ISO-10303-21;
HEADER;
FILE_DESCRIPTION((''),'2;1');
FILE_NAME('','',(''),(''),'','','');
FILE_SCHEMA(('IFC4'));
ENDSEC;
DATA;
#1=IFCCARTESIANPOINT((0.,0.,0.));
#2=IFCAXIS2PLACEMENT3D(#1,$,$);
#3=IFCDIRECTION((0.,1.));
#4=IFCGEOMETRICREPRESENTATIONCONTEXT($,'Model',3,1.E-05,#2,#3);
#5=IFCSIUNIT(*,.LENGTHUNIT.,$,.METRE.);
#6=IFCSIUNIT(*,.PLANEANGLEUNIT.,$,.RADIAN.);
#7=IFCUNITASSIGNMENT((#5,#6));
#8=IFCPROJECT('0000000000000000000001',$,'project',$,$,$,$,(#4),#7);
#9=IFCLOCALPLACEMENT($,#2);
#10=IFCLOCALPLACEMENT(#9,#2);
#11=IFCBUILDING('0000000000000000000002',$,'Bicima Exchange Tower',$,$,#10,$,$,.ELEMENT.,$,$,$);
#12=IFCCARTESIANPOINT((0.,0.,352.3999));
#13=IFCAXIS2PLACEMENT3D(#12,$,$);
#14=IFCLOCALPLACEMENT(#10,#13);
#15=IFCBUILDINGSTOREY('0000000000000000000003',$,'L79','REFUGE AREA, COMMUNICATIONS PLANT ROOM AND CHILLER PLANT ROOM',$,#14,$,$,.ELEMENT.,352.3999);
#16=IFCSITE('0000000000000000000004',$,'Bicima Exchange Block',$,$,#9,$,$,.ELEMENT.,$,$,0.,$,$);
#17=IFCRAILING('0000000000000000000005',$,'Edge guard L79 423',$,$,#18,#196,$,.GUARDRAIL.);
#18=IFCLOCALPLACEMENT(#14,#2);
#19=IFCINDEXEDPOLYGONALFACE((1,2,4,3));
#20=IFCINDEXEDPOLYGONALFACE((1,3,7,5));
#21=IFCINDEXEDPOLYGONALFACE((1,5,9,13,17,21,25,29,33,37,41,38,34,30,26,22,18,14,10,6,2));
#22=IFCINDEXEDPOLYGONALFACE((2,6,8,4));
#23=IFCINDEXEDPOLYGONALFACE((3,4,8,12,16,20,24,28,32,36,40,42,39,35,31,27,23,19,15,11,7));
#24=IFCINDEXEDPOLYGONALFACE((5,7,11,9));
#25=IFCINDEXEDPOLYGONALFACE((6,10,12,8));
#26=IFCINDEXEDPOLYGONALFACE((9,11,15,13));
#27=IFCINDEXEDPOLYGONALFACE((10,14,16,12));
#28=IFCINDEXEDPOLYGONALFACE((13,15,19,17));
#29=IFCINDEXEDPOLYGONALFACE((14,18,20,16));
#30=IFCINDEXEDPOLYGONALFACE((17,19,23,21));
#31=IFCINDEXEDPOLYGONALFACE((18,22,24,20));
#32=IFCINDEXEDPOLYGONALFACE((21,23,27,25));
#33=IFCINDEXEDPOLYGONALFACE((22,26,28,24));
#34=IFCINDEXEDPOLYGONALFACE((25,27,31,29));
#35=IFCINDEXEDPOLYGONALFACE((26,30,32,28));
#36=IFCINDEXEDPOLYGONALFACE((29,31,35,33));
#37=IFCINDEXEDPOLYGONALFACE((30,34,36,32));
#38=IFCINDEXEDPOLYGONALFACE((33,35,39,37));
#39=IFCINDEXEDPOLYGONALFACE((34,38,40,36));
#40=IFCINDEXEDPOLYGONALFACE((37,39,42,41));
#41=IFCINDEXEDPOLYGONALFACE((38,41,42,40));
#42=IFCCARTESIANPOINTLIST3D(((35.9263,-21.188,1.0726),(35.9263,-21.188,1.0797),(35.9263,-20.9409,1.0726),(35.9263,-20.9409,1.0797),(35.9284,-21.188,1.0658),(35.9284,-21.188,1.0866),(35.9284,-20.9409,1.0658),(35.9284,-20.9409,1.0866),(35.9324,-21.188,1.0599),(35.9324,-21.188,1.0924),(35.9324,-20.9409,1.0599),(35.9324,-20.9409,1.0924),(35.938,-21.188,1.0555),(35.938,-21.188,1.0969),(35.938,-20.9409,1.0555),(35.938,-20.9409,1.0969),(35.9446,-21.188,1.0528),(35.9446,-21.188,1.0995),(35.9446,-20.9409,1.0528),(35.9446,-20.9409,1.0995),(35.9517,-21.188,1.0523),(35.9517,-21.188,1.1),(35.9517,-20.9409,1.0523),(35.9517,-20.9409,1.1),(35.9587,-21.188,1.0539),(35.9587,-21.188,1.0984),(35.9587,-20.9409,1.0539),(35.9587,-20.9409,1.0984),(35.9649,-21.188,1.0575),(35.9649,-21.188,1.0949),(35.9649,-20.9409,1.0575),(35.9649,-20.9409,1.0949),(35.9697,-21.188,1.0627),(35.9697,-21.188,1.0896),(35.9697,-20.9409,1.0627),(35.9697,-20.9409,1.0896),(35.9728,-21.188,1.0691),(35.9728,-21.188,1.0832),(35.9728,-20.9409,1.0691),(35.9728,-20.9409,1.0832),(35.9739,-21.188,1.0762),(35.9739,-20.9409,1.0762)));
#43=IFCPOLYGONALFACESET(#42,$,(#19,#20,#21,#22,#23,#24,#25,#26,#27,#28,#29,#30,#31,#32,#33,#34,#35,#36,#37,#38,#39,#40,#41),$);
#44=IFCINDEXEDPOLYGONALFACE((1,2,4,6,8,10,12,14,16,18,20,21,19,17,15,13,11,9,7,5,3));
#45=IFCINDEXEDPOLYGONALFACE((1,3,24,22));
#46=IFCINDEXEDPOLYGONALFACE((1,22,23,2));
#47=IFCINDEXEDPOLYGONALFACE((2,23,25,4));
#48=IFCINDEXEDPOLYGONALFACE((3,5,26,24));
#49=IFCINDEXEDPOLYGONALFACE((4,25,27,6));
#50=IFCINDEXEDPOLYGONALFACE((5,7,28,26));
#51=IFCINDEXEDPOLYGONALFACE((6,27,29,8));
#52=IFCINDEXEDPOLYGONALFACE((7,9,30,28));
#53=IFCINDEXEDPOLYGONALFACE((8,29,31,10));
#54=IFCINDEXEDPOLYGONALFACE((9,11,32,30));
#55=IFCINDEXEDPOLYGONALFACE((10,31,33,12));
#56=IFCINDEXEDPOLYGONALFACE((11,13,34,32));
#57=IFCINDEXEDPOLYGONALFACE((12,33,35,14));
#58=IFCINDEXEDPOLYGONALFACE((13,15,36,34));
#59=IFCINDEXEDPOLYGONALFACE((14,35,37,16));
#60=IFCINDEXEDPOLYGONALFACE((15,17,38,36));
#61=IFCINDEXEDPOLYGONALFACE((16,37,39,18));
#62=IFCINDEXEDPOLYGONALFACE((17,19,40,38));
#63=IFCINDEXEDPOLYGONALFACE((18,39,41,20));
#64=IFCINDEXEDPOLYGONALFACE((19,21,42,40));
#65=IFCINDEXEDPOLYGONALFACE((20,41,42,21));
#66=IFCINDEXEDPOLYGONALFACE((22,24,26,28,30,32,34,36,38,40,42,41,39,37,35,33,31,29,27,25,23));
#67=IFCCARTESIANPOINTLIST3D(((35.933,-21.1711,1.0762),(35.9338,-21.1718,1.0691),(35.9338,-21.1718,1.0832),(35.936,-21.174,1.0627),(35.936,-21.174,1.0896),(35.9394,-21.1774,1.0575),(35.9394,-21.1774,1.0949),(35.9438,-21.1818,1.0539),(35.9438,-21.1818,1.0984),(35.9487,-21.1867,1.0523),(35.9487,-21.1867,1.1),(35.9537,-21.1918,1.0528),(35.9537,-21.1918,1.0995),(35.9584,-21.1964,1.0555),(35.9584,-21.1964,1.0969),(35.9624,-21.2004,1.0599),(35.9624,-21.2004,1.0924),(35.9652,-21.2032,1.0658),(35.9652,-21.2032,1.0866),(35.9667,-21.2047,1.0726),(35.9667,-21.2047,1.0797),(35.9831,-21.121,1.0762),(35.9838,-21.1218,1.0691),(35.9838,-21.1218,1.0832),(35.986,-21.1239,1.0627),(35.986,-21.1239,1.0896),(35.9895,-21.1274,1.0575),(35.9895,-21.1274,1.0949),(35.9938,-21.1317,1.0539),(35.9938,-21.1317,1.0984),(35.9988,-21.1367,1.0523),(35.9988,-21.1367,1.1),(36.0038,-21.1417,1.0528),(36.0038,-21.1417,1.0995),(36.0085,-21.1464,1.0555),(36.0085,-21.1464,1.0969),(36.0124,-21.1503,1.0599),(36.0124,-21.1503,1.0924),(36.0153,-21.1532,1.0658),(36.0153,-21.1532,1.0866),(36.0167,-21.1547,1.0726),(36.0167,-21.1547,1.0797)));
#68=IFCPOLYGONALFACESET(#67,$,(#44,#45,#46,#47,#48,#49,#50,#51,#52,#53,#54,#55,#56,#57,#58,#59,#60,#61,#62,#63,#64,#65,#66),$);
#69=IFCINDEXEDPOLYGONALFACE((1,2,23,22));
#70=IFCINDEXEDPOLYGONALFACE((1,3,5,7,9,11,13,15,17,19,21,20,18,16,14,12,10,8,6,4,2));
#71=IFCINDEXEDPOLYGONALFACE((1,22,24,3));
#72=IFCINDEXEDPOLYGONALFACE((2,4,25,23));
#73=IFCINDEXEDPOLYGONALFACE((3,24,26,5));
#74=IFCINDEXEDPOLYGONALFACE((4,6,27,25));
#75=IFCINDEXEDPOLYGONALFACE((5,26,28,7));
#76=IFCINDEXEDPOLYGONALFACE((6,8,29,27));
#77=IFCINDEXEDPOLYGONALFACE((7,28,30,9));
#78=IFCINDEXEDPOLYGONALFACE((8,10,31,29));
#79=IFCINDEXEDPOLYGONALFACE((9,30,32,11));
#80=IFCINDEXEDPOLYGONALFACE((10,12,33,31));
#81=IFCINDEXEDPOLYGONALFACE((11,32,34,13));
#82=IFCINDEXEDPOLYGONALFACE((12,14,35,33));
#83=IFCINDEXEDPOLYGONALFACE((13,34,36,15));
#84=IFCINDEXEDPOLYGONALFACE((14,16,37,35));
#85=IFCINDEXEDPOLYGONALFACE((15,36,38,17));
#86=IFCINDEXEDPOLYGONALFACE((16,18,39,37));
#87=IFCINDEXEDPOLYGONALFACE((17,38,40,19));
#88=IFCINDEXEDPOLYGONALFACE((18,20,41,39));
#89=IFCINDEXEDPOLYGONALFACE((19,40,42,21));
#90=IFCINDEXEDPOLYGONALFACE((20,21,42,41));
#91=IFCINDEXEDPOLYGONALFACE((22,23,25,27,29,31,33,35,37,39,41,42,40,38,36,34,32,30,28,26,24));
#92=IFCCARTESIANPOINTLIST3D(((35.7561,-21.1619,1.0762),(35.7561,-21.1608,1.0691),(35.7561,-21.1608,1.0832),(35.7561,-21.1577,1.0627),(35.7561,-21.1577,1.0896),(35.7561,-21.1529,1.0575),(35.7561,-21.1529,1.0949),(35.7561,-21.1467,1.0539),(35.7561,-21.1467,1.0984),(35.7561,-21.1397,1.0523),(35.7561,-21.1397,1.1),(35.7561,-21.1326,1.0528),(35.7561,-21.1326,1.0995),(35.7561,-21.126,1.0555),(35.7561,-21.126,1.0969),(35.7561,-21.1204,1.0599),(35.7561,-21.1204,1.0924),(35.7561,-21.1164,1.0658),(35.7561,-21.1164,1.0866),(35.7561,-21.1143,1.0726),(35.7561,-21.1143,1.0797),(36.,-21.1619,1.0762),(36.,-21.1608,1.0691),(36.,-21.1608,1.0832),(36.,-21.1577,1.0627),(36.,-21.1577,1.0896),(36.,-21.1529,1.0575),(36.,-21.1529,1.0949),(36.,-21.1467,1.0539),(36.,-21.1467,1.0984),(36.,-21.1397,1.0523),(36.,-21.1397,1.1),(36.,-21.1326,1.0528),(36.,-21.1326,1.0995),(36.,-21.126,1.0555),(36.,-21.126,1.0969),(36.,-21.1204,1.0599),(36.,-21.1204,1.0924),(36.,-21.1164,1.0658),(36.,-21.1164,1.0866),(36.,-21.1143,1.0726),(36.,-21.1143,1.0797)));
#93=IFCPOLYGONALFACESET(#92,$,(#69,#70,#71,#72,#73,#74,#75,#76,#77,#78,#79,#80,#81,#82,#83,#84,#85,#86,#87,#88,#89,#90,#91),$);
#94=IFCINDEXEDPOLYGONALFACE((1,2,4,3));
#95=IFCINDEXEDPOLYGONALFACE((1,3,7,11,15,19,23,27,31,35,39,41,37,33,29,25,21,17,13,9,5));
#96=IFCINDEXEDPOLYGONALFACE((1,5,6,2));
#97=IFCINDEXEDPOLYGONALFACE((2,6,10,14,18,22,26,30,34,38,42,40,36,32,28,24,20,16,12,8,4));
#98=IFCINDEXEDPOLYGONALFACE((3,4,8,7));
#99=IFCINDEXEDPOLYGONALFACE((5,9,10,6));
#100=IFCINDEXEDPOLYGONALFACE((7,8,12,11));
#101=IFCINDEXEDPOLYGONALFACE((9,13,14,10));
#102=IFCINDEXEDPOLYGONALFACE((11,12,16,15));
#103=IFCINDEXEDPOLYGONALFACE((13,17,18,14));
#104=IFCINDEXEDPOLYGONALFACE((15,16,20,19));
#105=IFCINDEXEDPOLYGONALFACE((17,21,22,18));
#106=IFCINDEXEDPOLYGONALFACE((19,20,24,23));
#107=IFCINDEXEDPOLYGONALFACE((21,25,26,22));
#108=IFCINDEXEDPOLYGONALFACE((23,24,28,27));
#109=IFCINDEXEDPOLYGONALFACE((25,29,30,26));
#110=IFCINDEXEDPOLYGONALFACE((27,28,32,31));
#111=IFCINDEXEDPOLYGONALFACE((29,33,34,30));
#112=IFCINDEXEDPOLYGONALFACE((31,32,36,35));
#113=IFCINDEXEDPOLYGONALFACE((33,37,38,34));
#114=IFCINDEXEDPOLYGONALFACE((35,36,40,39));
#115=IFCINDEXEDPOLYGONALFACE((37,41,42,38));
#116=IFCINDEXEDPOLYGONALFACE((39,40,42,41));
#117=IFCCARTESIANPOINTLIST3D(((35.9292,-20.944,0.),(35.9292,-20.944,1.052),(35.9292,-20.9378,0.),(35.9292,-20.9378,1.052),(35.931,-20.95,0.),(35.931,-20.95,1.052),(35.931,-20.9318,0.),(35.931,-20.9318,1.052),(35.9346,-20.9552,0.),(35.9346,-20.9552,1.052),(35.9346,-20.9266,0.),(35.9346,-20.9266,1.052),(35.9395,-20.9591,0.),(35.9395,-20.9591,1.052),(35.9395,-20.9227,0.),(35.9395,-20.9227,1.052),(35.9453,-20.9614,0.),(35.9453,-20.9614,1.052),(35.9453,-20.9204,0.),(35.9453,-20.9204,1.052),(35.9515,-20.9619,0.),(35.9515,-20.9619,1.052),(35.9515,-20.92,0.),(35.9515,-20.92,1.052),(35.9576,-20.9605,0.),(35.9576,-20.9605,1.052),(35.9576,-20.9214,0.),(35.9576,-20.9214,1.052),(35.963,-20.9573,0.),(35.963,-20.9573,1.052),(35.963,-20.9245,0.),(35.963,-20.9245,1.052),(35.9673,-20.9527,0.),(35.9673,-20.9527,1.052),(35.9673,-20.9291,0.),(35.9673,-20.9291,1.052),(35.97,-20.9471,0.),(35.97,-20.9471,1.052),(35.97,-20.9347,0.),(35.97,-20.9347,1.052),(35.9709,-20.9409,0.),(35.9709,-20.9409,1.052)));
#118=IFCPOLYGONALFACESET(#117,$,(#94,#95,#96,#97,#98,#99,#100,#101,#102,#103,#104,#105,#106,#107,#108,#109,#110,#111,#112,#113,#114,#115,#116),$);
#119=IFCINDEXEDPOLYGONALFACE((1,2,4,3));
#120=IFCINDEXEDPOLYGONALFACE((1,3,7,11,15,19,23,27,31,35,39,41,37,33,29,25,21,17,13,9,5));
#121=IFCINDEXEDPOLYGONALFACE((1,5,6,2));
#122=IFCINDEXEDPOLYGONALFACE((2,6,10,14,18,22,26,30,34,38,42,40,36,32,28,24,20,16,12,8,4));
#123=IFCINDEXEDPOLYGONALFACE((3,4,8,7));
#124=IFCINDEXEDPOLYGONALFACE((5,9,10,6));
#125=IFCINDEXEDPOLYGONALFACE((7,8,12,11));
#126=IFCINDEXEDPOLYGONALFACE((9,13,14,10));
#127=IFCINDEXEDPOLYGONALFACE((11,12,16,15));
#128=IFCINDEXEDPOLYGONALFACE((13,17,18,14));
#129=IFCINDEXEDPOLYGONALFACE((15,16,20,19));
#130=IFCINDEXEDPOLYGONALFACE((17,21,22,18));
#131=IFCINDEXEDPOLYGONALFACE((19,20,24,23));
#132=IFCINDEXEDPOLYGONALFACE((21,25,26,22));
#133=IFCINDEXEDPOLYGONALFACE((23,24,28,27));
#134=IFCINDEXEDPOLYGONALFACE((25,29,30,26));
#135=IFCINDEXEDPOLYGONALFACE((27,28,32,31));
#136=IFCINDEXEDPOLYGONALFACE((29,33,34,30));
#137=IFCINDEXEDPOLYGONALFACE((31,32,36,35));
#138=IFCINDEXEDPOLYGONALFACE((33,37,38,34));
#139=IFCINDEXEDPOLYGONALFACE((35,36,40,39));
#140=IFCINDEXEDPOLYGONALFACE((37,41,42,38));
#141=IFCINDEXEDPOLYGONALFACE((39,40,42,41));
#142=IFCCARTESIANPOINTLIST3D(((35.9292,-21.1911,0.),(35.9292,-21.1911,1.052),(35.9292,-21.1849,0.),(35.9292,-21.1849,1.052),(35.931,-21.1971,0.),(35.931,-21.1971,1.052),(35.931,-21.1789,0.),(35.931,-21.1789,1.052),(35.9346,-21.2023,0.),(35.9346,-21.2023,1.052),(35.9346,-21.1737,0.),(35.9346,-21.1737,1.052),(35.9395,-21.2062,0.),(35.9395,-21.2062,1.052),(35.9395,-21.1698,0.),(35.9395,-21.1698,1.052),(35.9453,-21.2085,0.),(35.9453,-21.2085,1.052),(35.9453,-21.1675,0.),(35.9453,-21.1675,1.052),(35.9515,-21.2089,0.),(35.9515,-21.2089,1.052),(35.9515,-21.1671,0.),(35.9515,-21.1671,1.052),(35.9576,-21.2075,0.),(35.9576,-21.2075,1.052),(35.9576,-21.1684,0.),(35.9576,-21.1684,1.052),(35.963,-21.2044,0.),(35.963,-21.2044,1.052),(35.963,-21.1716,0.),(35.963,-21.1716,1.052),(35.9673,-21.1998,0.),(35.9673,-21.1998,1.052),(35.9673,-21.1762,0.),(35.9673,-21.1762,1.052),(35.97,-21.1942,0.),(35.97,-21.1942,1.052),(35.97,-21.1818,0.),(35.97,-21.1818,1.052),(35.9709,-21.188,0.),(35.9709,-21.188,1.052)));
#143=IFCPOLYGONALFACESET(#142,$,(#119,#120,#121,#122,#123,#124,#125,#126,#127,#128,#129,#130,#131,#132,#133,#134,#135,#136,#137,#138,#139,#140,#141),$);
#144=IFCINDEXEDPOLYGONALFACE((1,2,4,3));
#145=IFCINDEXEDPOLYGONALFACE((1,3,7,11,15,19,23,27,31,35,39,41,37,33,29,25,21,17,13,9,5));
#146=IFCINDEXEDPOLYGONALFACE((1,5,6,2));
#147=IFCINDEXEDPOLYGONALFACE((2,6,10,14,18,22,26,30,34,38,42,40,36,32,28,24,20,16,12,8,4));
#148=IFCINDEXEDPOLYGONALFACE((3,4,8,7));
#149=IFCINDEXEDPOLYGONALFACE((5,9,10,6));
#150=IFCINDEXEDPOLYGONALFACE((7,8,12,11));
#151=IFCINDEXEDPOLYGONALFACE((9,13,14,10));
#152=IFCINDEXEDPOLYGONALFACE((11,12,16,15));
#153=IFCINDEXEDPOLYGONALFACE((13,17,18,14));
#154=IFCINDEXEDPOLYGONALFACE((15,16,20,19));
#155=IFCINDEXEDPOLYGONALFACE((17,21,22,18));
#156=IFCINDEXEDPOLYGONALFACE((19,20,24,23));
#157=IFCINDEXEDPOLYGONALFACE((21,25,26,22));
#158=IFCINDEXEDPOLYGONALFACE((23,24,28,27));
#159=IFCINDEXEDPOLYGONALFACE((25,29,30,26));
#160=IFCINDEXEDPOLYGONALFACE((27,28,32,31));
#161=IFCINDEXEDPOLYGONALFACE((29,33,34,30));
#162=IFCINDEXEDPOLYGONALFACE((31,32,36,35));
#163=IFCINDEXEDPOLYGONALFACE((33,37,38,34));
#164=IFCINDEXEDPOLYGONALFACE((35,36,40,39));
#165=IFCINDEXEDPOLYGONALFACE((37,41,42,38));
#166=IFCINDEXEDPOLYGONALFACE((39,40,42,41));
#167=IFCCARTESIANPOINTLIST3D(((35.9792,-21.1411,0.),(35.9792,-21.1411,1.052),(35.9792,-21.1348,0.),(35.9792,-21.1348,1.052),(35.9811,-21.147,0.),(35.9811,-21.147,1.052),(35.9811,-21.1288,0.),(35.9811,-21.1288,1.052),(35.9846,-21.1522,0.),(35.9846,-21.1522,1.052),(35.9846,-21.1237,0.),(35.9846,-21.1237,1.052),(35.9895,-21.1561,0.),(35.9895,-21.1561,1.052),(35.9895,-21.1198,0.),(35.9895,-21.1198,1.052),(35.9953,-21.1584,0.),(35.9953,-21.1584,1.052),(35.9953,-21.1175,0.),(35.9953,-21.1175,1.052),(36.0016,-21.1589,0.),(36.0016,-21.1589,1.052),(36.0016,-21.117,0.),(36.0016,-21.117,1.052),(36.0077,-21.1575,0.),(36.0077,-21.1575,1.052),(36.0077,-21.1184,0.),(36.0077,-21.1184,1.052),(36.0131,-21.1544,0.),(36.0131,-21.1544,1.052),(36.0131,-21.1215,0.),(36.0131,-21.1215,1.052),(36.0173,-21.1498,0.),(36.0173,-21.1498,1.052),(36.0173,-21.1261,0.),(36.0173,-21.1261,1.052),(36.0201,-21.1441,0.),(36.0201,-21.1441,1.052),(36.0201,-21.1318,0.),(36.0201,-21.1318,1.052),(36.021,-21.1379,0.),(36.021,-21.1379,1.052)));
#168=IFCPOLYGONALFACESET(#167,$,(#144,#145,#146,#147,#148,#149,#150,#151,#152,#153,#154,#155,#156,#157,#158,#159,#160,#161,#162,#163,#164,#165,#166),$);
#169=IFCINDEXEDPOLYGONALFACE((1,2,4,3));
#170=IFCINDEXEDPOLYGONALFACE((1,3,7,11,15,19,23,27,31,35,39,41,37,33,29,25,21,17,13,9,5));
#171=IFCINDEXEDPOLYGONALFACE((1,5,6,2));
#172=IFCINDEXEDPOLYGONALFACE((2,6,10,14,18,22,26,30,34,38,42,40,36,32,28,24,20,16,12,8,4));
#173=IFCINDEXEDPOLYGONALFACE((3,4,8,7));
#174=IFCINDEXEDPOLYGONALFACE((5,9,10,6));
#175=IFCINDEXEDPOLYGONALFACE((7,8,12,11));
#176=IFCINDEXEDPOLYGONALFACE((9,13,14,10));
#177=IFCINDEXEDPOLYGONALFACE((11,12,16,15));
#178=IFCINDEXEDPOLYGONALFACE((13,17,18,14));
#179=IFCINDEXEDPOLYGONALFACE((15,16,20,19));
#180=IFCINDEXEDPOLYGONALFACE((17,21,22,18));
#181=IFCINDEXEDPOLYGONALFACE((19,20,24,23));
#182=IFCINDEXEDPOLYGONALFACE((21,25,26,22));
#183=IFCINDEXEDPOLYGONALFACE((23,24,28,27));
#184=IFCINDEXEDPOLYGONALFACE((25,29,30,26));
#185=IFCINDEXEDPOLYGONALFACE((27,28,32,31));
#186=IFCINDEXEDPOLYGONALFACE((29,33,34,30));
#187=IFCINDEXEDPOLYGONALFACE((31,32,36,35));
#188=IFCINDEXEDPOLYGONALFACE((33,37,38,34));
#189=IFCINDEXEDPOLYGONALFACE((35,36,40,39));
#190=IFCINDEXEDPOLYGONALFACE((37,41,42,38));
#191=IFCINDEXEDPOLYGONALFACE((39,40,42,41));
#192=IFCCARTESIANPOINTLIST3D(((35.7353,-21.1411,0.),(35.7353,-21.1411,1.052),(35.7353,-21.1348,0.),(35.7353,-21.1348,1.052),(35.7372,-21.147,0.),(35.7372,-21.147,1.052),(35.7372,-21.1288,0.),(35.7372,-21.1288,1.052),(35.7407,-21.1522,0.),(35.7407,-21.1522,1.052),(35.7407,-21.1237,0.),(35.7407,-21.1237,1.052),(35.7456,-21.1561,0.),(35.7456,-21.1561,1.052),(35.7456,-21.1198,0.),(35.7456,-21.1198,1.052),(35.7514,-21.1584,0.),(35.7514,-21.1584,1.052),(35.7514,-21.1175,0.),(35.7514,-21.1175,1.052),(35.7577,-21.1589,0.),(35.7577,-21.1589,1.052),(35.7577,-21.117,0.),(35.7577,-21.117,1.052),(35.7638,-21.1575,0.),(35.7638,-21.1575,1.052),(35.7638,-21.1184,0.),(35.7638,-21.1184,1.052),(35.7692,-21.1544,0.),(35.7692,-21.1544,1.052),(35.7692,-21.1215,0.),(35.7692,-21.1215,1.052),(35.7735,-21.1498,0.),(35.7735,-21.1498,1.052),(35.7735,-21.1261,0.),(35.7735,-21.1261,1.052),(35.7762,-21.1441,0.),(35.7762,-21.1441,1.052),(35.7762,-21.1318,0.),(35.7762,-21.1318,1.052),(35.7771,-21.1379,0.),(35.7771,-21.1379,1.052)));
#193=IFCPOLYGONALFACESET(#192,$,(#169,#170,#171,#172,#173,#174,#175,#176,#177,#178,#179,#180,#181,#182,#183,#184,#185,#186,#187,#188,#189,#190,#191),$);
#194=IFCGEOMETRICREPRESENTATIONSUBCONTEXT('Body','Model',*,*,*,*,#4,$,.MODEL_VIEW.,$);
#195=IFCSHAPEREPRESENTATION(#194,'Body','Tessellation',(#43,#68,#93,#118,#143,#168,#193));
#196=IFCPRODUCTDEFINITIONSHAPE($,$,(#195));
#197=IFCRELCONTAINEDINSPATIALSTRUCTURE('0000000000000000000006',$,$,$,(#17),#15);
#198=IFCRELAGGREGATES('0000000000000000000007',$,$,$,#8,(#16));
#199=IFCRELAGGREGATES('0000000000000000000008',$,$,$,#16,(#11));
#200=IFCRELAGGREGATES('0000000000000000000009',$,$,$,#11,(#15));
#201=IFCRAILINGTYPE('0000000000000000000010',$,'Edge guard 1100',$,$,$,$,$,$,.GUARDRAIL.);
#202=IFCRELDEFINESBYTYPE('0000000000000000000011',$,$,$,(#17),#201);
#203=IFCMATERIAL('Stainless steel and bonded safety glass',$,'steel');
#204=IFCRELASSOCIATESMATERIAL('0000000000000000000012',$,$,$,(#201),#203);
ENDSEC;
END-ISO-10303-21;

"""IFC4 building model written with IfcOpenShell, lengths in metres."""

from ifc_helpers import new_model, si_unit, direction, frame, origin, origin_2d, place, context, subcontext, project, spatial, circle, extrude, material, type_object, element, save


model = new_model("IFC4")

# Units and contexts
model_context = context("Model", 3, precision=1e-05, world=origin(), true_north=direction((0.0, 1.0)))
body_context = subcontext(model_context, "Body", "Model", "MODEL_VIEW")
ifc_project = project(units=[si_unit("LENGTHUNIT", "METRE"), si_unit("PLANEANGLEUNIT", "RADIAN")], contexts=[model_context])

# Site, building, storey
site_placement = place(None, origin())
site = spatial("IfcSite", under=ifc_project, at=site_placement, Name="Bicima Exchange Block", CompositionType="ELEMENT", RefElevation=0.0)
building_placement = place(site_placement, origin())
building = spatial("IfcBuilding", under=site, at=building_placement, Name="Bicima Exchange Tower", CompositionType="ELEMENT")
storey_placement = place(building_placement, frame((0.0, 0.0, 352.3999)))
storey = spatial("IfcBuildingStorey", under=building, at=storey_placement, Name="L79", Description="REFUGE AREA, COMMUNICATIONS PLANT ROOM AND CHILLER PLANT ROOM", CompositionType="ELEMENT", Elevation=352.3999)

# Railing
ifc_material_1 = material(Name="Stainless steel and bonded safety glass", Category="steel")
railing_type = type_object("IfcRailingType", Name="Edge guard 1100", PredefinedType="GUARDRAIL", material=ifc_material_1)
railing_1_placement = place(storey_placement, frame((35.95, -20.9409, 0.0)))
element("IfcRailing", 1, at=railing_1_placement, inside=storey, type_object=railing_type, Name="Edge guard L79 423", PredefinedType="GUARDRAIL", context=body_context, shape_type="SweptSolid", body=[
    extrude(circle(Radius=0.0239, at=origin_2d()), frame((0.0, 0.0, 1.0762), z_axis=(0.0, -1.0, 0.0), x_axis=(1.0, 0.0, 0.0)), (0.0, 0.0, 1.0), 0.2471),
    extrude(circle(Radius=0.0239, at=origin_2d()), frame((0.0, -0.2471, 1.0762), z_axis=(0.707107, 0.707107, 0.0), x_axis=(-0.707107, 0.707107, 0.0)), (0.0, 0.0, 1.0), 0.0708),
    extrude(circle(Radius=0.0239, at=origin_2d()), frame((0.05, -0.197, 1.0762), z_axis=(-1.0, 0.0, 0.0), x_axis=(0.0, -1.0, 0.0)), (0.0, 0.0, 1.0), 0.2439),
    extrude(circle(Radius=0.021, at=origin_2d()), origin(), (0.0, 0.0, 1.0), 1.052),
    extrude(circle(Radius=0.021, at=origin_2d()), frame((0.0, -0.2471, 0.0)), (0.0, 0.0, 1.0), 1.052),
    extrude(circle(Radius=0.021, at=origin_2d()), frame((0.05, -0.197, 0.0)), (0.0, 0.0, 1.0), 1.052),
    extrude(circle(Radius=0.021, at=origin_2d()), frame((-0.1938, -0.197, 0.0)), (0.0, 0.0, 1.0), 1.052),
])

save(model, "model.ifc")
